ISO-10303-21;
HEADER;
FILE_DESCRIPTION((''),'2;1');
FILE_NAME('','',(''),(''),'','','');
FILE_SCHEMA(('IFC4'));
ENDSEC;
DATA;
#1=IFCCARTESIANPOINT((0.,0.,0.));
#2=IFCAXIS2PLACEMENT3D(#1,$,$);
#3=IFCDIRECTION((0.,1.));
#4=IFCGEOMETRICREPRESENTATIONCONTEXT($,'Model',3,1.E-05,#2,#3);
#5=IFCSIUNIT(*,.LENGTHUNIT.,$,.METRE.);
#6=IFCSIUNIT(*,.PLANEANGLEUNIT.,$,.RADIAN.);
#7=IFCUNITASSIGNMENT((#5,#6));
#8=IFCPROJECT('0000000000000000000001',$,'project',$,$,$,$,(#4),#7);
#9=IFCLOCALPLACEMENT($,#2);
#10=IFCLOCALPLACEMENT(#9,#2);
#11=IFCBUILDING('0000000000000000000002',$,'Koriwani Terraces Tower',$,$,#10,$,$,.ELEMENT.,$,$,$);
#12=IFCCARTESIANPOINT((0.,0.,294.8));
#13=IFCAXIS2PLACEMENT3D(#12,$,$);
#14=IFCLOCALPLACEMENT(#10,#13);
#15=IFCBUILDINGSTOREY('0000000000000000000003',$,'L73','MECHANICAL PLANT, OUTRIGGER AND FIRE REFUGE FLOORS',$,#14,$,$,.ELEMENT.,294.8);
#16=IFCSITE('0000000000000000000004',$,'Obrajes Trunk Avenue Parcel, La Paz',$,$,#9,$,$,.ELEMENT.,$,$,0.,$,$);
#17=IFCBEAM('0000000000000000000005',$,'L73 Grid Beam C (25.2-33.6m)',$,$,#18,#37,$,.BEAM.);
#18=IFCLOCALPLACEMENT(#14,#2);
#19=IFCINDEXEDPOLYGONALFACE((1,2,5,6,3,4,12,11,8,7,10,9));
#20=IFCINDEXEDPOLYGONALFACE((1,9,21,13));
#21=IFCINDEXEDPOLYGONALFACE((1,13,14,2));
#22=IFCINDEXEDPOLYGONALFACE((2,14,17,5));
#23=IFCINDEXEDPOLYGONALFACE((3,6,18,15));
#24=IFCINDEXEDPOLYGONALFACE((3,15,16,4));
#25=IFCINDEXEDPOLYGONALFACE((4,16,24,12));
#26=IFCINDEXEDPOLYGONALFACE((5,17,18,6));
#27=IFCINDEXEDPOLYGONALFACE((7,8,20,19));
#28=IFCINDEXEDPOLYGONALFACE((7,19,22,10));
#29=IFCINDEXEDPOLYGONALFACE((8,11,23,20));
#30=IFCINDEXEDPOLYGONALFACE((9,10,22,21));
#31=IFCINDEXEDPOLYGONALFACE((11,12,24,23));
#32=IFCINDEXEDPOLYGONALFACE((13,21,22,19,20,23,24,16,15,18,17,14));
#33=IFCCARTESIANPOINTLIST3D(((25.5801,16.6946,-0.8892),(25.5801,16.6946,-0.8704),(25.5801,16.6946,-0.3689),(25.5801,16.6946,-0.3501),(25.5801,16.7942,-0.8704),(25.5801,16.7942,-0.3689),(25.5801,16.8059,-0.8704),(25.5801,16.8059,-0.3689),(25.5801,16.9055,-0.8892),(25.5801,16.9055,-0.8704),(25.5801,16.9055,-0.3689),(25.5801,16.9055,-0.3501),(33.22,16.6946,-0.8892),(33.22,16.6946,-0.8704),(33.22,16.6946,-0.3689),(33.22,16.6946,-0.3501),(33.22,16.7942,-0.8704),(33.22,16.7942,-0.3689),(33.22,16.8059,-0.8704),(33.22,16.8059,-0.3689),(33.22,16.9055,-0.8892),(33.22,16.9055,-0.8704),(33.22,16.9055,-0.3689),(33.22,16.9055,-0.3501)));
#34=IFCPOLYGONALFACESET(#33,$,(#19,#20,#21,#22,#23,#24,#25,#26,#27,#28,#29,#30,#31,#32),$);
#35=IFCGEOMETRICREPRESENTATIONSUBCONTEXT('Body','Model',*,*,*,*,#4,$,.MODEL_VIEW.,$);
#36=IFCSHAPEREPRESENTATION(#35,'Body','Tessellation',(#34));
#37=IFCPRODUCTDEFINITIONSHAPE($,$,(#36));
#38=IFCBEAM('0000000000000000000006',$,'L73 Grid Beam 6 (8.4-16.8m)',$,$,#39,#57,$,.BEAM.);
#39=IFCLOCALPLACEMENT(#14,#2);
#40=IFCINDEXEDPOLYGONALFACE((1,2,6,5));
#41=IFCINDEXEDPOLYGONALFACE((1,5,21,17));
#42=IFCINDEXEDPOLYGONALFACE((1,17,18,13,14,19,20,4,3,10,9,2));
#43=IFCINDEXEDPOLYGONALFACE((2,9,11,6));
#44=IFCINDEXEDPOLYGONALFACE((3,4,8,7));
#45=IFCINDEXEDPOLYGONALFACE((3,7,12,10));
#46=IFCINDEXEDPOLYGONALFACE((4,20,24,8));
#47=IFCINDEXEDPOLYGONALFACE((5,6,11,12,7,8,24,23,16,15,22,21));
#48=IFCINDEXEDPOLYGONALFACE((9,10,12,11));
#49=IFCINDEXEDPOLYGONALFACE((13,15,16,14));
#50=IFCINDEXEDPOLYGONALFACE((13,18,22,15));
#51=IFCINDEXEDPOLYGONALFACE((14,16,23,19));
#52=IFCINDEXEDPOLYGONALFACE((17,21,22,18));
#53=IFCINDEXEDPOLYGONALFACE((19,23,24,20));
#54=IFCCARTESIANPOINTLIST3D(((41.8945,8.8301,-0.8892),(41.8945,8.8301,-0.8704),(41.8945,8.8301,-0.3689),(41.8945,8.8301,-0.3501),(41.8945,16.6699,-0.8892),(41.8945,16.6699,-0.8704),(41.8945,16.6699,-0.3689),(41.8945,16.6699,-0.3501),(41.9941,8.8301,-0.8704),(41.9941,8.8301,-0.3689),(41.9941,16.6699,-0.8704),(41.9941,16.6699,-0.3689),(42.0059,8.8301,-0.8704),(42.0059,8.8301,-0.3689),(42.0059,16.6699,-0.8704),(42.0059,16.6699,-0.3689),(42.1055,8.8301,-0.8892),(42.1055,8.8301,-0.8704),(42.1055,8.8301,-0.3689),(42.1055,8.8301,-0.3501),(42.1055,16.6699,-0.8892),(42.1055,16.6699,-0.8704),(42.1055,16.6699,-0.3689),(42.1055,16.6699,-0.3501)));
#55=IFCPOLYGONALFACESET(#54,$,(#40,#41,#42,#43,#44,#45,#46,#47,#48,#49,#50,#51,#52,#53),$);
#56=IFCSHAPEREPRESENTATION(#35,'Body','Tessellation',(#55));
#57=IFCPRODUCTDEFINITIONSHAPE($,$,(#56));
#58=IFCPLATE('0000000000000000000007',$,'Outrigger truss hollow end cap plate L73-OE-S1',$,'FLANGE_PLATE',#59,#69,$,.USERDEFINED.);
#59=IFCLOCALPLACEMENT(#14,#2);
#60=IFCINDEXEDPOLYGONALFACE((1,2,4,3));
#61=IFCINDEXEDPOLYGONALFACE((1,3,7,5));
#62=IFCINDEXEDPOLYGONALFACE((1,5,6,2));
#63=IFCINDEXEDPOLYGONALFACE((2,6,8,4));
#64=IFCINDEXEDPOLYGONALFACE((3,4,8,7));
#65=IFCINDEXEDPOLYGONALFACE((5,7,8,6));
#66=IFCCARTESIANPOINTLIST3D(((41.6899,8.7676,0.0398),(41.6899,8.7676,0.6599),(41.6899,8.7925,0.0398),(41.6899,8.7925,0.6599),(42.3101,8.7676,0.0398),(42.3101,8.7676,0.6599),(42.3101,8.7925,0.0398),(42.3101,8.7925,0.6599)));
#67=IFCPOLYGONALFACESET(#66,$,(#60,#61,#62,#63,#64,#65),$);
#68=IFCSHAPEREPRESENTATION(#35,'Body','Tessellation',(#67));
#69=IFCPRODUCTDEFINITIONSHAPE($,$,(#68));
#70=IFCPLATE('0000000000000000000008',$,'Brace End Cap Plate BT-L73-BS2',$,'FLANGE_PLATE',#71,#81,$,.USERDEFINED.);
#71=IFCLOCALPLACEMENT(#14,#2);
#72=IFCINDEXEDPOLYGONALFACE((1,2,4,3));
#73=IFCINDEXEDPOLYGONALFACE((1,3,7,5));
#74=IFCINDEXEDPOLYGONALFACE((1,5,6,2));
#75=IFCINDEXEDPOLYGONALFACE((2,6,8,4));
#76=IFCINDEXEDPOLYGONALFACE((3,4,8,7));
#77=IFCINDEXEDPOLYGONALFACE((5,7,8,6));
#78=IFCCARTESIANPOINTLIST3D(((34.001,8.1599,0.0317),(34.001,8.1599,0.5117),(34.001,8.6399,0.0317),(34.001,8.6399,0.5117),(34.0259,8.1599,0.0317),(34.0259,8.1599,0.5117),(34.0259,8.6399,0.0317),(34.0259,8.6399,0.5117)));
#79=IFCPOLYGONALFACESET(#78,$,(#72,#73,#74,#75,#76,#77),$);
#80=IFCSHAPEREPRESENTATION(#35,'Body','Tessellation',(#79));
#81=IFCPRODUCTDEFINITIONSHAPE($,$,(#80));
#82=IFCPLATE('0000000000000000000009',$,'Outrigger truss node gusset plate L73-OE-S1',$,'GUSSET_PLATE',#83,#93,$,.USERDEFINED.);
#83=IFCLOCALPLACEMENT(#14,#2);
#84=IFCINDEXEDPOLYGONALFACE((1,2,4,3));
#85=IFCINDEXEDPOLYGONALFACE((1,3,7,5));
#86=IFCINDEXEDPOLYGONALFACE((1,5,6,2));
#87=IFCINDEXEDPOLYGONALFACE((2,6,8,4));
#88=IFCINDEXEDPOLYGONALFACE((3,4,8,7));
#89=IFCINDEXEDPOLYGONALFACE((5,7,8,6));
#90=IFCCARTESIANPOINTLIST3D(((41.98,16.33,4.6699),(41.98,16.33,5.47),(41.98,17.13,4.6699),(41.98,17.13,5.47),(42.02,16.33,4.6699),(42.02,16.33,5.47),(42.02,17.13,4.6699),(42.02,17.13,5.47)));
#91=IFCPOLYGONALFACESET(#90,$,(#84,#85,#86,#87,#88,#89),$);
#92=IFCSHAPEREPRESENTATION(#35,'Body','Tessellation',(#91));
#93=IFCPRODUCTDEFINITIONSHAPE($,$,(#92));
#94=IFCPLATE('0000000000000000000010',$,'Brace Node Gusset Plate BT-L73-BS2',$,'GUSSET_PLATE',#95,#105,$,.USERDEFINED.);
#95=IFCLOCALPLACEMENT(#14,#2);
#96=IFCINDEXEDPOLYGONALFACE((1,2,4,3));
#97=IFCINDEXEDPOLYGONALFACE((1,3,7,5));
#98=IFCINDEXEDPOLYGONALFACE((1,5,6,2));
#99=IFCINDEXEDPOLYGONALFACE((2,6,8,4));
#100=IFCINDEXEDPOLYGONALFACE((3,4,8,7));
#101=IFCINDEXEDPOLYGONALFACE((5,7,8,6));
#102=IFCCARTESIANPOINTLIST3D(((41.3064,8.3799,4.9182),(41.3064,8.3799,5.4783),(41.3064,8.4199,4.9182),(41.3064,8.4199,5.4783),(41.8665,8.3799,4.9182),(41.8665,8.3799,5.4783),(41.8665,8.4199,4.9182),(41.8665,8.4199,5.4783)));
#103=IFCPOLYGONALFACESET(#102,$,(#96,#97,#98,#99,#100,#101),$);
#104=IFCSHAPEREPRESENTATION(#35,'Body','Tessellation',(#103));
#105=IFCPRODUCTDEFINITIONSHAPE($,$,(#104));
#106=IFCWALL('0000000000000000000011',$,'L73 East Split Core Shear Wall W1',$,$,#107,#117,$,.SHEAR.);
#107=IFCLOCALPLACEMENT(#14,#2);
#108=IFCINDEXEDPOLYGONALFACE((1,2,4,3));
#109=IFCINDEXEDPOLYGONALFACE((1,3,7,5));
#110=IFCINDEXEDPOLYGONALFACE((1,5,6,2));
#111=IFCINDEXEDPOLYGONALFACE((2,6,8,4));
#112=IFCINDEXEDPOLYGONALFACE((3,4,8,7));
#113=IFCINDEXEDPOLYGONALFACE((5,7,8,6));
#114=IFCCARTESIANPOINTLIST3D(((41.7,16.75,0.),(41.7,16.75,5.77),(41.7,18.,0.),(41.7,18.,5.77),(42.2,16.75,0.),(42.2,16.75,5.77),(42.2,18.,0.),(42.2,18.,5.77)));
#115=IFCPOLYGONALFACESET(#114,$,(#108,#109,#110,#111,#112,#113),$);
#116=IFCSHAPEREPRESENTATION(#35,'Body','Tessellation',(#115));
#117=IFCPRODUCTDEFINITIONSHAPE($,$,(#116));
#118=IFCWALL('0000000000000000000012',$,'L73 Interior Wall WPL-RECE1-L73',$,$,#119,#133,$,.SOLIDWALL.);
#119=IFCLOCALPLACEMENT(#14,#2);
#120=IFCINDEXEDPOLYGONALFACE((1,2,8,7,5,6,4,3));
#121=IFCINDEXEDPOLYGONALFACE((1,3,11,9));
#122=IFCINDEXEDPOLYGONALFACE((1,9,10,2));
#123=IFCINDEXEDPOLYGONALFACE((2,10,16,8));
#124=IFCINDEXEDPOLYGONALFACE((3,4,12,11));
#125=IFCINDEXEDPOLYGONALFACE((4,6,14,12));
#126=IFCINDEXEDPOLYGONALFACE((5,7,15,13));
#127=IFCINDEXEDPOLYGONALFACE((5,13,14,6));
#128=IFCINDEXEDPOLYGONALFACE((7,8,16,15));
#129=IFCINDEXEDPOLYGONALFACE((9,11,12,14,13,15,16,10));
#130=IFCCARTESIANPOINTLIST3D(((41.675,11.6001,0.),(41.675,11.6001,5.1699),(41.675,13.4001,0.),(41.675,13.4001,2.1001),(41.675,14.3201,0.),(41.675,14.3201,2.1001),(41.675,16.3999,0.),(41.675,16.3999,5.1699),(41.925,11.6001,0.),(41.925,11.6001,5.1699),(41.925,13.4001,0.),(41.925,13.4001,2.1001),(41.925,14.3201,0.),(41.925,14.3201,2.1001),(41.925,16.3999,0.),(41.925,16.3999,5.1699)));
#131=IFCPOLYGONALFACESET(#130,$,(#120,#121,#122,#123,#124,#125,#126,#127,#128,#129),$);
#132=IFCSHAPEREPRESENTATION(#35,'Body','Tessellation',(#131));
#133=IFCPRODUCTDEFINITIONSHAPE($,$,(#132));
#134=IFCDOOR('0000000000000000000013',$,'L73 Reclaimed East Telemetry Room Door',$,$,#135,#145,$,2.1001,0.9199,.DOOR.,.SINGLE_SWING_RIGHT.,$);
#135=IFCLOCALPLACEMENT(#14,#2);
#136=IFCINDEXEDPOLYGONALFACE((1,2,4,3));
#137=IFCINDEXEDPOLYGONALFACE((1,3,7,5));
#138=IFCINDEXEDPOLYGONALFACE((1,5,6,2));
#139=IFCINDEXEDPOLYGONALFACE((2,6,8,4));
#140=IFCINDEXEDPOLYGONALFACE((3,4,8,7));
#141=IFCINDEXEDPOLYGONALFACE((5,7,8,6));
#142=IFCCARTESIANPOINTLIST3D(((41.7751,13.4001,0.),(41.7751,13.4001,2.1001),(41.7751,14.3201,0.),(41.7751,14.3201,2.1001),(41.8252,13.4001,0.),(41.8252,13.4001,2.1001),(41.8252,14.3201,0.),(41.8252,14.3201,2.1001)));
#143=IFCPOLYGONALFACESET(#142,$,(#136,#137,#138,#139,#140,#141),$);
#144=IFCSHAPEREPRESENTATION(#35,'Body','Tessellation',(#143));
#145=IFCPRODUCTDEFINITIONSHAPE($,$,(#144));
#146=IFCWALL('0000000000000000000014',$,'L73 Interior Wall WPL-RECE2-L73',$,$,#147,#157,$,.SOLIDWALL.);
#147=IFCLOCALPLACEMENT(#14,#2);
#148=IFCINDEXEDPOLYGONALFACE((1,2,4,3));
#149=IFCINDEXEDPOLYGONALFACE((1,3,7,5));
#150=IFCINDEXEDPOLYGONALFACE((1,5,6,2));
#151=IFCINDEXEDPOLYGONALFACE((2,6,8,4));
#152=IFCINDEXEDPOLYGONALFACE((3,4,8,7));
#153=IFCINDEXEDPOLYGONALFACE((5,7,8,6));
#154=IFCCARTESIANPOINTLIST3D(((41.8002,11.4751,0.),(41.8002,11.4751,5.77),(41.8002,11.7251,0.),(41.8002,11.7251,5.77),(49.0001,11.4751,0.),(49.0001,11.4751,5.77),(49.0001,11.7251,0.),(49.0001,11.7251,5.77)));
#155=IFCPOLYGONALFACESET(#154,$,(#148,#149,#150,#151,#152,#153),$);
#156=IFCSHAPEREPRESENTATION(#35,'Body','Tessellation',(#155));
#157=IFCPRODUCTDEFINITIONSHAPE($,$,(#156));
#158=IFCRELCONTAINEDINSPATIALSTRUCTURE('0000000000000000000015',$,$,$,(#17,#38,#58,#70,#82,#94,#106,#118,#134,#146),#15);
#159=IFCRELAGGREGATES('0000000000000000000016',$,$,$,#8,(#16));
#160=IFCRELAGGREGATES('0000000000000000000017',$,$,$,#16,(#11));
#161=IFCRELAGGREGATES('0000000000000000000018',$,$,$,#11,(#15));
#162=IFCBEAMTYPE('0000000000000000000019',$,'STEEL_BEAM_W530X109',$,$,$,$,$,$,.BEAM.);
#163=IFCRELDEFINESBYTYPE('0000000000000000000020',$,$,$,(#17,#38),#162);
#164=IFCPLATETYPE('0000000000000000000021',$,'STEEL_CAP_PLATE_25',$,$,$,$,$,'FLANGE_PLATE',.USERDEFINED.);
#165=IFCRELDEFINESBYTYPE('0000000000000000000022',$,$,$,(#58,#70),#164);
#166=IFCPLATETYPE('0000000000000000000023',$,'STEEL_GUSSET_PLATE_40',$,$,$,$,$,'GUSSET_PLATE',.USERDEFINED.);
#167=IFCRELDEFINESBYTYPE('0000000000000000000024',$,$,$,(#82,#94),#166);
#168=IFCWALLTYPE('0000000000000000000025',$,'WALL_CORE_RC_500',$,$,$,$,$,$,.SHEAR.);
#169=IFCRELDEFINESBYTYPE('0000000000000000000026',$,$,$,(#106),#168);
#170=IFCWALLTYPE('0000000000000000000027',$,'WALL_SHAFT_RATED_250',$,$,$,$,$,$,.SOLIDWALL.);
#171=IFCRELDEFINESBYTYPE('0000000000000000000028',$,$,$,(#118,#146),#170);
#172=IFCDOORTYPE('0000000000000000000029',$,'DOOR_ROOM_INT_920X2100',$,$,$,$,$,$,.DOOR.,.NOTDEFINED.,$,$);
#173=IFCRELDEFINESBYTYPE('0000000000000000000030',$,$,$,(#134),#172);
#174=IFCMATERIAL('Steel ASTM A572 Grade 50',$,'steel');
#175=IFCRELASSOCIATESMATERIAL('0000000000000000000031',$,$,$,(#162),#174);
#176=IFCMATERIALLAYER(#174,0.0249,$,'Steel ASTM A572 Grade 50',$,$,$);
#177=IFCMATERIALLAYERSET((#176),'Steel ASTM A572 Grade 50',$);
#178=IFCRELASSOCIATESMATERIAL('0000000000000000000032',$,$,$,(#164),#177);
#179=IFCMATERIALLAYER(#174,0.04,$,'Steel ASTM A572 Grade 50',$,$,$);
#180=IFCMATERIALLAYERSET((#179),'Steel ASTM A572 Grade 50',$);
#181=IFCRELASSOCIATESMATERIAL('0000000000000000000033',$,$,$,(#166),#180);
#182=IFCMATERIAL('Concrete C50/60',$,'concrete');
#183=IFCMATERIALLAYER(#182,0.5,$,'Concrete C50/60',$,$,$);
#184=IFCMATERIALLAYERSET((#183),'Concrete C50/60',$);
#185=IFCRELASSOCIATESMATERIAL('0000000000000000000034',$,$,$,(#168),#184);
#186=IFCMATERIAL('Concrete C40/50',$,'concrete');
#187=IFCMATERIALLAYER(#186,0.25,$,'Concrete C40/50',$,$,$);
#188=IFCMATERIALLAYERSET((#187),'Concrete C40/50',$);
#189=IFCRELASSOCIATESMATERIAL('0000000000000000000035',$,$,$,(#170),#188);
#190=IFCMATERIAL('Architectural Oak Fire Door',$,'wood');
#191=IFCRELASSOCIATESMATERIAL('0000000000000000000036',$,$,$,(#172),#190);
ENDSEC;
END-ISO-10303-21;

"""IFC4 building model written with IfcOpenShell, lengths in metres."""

from ifc_helpers import new_model, si_unit, direction, frame, frame_2d, origin, origin_2d, place, context, subcontext, project, spatial, rectangle, i_section, extrude, material, layer, layer_set, material_profile, profile_set, type_object, element, fill, save


model = new_model("IFC4")

# Units and contexts
model_context = context("Model", 3, precision=1e-05, world=origin(), true_north=direction((0.0, 1.0)))
body_context = subcontext(model_context, "Body", "Model", "MODEL_VIEW")
ifc_project = project(units=[si_unit("LENGTHUNIT", "METRE"), si_unit("PLANEANGLEUNIT", "RADIAN")], contexts=[model_context])

# Site, building, storey
site_placement = place(None, origin())
site = spatial("IfcSite", under=ifc_project, at=site_placement, Name="Obrajes Trunk Avenue Parcel, La Paz", CompositionType="ELEMENT", RefElevation=0.0)
building_placement = place(site_placement, origin())
building = spatial("IfcBuilding", under=site, at=building_placement, Name="Koriwani Terraces Tower", CompositionType="ELEMENT")
storey_placement = place(building_placement, frame((0.0, 0.0, 294.8)))
storey = spatial("IfcBuildingStorey", under=building, at=storey_placement, Name="L73", Description="MECHANICAL PLANT, OUTRIGGER AND FIRE REFUGE FLOORS", CompositionType="ELEMENT", Elevation=294.8)

# Shared definitions
ifc_material_1 = material(Name="Concrete C50/60", Category="concrete")

# Shared definitions
ifc_material_2 = material(Name="Concrete C40/50", Category="concrete")

# Shared definitions
ifc_material_3 = material(Name="Steel ASTM A572 Grade 50", Category="steel")

# Beams
ifc_material_profile_1 = material_profile(ifc_material_3, i_section(OverallWidth=0.2109, OverallDepth=0.5391, WebThickness=0.0117, FlangeThickness=0.0188, at=origin_2d()), Name="Steel ASTM A572 Grade 50", Category="LoadBearing")
ifc_profile_set_1 = profile_set([ifc_material_profile_1], Name="Steel ASTM A572 Grade 50")
beam_type_1 = type_object("IfcBeamType", Name="STEEL_BEAM_W530X109", PredefinedType="BEAM", material=ifc_profile_set_1)
beam_1_placement = place(storey_placement, frame((25.5801, 16.8, -0.6196), z_axis=(1.0, 0.0, 0.0), x_axis=(0.0, 1.0, 0.0)))
element("IfcBeam", 1, at=beam_1_placement, inside=storey, type_object=beam_type_1, Name="L73 Grid Beam C (25.2-33.6m)", PredefinedType="BEAM", context=body_context, shape_type="SweptSolid", body=[
    extrude(i_section(OverallWidth=0.2109, OverallDepth=0.5391, WebThickness=0.0117, FlangeThickness=0.0188, at=origin_2d()), origin(), (0.0, 0.0, 1.0), 7.6399),
])
beam_2_placement = place(storey_placement, frame((42.0, 8.8301, -0.6196), z_axis=(0.0, 1.0, 0.0), x_axis=(-1.0, 0.0, 0.0)))
element("IfcBeam", 2, at=beam_2_placement, inside=storey, type_object=beam_type_1, Name="L73 Grid Beam 6 (8.4-16.8m)", PredefinedType="BEAM", context=body_context, shape_type="SweptSolid", body=[
    extrude(i_section(OverallWidth=0.2109, OverallDepth=0.5391, WebThickness=0.0117, FlangeThickness=0.0188, at=origin_2d()), origin(), (0.0, 0.0, 1.0), 7.8398),
])

# Plates
ifc_layer_1 = layer(ifc_material_3, 0.0249, Name="Steel ASTM A572 Grade 50")
ifc_layer_set_1 = layer_set([ifc_layer_1], Name="Steel ASTM A572 Grade 50")
plate_type_1 = type_object("IfcPlateType", Name="STEEL_CAP_PLATE_25", ElementType="FLANGE_PLATE", PredefinedType="USERDEFINED", material=ifc_layer_set_1)
plate_1_placement = place(storey_placement, frame((42.0, 8.78, 0.0398), z_axis=(0.0, 0.0, 1.0), x_axis=(0.0, 1.0, 0.0)))
element("IfcPlate", 3, at=plate_1_placement, inside=storey, type_object=plate_type_1, Name="Outrigger truss hollow end cap plate L73-OE-S1", ObjectType="FLANGE_PLATE", PredefinedType="USERDEFINED", context=body_context, shape_type="SweptSolid", body=[
    extrude(rectangle(XDim=0.0249, YDim=0.6201, at=origin_2d()), origin(), (0.0, 0.0, 1.0), 0.6201),
])
plate_2_placement = place(storey_placement, frame((34.0134, 8.3999, 0.0317), z_axis=(0.0, 0.0, 1.0), x_axis=(1.0, 0.0, 0.0)))
element("IfcPlate", 4, at=plate_2_placement, inside=storey, type_object=plate_type_1, Name="Brace End Cap Plate BT-L73-BS2", ObjectType="FLANGE_PLATE", PredefinedType="USERDEFINED", context=body_context, shape_type="SweptSolid", body=[
    extrude(rectangle(XDim=0.0249, YDim=0.48, at=origin_2d()), origin(), (0.0, 0.0, 1.0), 0.48),
])
ifc_layer_2 = layer(ifc_material_3, 0.04, Name="Steel ASTM A572 Grade 50")
ifc_layer_set_2 = layer_set([ifc_layer_2], Name="Steel ASTM A572 Grade 50")
plate_type_2 = type_object("IfcPlateType", Name="STEEL_GUSSET_PLATE_40", ElementType="GUSSET_PLATE", PredefinedType="USERDEFINED", material=ifc_layer_set_2)
plate_3_placement = place(storey_placement, frame((42.0, 16.73, 4.6699), z_axis=(0.0, 0.0, 1.0), x_axis=(0.0, 1.0, 0.0)))
element("IfcPlate", 5, at=plate_3_placement, inside=storey, type_object=plate_type_2, Name="Outrigger truss node gusset plate L73-OE-S1", ObjectType="GUSSET_PLATE", PredefinedType="USERDEFINED", context=body_context, shape_type="SweptSolid", body=[
    extrude(rectangle(XDim=0.8, YDim=0.04, at=origin_2d()), origin(), (0.0, 0.0, 1.0), 0.8),
])
plate_4_placement = place(storey_placement, frame((41.5864, 8.3999, 4.9182), z_axis=(0.0, 0.0, 1.0), x_axis=(1.0, 0.0, 0.0)))
element("IfcPlate", 6, at=plate_4_placement, inside=storey, type_object=plate_type_2, Name="Brace Node Gusset Plate BT-L73-BS2", ObjectType="GUSSET_PLATE", PredefinedType="USERDEFINED", context=body_context, shape_type="SweptSolid", body=[
    extrude(rectangle(XDim=0.5601, YDim=0.04, at=origin_2d()), origin(), (0.0, 0.0, 1.0), 0.5601),
])

# Wall
ifc_layer_3 = layer(ifc_material_1, 0.5, Name="Concrete C50/60")
ifc_layer_set_3 = layer_set([ifc_layer_3], Name="Concrete C50/60")
wall_type_1 = type_object("IfcWallType", Name="WALL_CORE_RC_500", PredefinedType="SHEAR", material=ifc_layer_set_3)
wall_1_placement = place(storey_placement, frame((41.95, 16.75, 0.0), z_axis=(0.0, 0.0, 1.0), x_axis=(0.0, 1.0, 0.0)))
element("IfcWall", 7, at=wall_1_placement, inside=storey, type_object=wall_type_1, Name="L73 East Split Core Shear Wall W1", PredefinedType="SHEAR", context=body_context, shape_type="SweptSolid", body=[
    extrude(rectangle(XDim=1.25, YDim=0.5, at=frame_2d((0.625, 0.0))), origin(), (0.0, 0.0, 1.0), 5.77),
])

# Wall, opening, door
ifc_layer_4 = layer(ifc_material_2, 0.25, Name="Concrete C40/50")
ifc_layer_set_4 = layer_set([ifc_layer_4], Name="Concrete C40/50")
wall_type_2 = type_object("IfcWallType", Name="WALL_SHAFT_RATED_250", PredefinedType="SOLIDWALL", material=ifc_layer_set_4)
wall_2_placement = place(storey_placement, frame((41.8, 11.6001, 0.0), z_axis=(0.0, 0.0, 1.0), x_axis=(0.0, 1.0, 0.0)))
wall_2 = element("IfcWall", 8, at=wall_2_placement, inside=storey, type_object=wall_type_2, Name="L73 Interior Wall WPL-RECE1-L73", PredefinedType="SOLIDWALL", context=body_context, shape_type="SweptSolid", body=[
    extrude(rectangle(XDim=4.7998, YDim=0.25, at=frame_2d((2.3999, 0.0))), origin(), (0.0, 0.0, 1.0), 5.1699),
])
opening_placement = place(wall_2_placement, frame((1.8, 0.0, 0.0)))
opening = element("IfcOpeningElement", 9, at=opening_placement, cuts=wall_2, PredefinedType="OPENING", context=body_context, shape_type="SweptSolid", body=[
    extrude(rectangle(XDim=0.9199, YDim=2.1001, at=frame_2d((0.46, 1.05))), frame((0.0, 0.135, 0.0), z_axis=(0.0, -1.0, 0.0), x_axis=(1.0, 0.0, 0.0)), (0.0, 0.0, 1.0), 0.27),
])
ifc_material_4 = material(Name="Architectural Oak Fire Door", Category="wood")
door_type = type_object("IfcDoorType", Name="DOOR_ROOM_INT_920X2100", OperationType="NOTDEFINED", PredefinedType="DOOR", material=ifc_material_4)
door_placement = place(opening_placement, origin())
door = element("IfcDoor", 10, at=door_placement, inside=storey, type_object=door_type, Name="L73 Reclaimed East Telemetry Room Door", OperationType="SINGLE_SWING_RIGHT", OverallHeight=2.1001, OverallWidth=0.9199, PredefinedType="DOOR", context=body_context, shape_type="SweptSolid", body=[
    extrude(rectangle(XDim=0.9199, YDim=2.1001, at=frame_2d((0.46, 1.05))), frame((0.0, 0.0249, 0.0), z_axis=(0.0, -1.0, 0.0), x_axis=(1.0, 0.0, 0.0)), (0.0, 0.0, 1.0), 0.05),
])
fill(opening, door)

# Wall
wall_3_placement = place(storey_placement, frame((41.8, 11.6001, 0.0), z_axis=(0.0, 0.0, 1.0), x_axis=(1.0, 0.0, 0.0)))
element("IfcWall", 11, at=wall_3_placement, inside=storey, type_object=wall_type_2, Name="L73 Interior Wall WPL-RECE2-L73", PredefinedType="SOLIDWALL", context=body_context, shape_type="SweptSolid", body=[
    extrude(rectangle(XDim=7.2, YDim=0.25, at=frame_2d((3.6001, 0.0))), origin(), (0.0, 0.0, 1.0), 5.77),
])

save(model, "model.ifc")
